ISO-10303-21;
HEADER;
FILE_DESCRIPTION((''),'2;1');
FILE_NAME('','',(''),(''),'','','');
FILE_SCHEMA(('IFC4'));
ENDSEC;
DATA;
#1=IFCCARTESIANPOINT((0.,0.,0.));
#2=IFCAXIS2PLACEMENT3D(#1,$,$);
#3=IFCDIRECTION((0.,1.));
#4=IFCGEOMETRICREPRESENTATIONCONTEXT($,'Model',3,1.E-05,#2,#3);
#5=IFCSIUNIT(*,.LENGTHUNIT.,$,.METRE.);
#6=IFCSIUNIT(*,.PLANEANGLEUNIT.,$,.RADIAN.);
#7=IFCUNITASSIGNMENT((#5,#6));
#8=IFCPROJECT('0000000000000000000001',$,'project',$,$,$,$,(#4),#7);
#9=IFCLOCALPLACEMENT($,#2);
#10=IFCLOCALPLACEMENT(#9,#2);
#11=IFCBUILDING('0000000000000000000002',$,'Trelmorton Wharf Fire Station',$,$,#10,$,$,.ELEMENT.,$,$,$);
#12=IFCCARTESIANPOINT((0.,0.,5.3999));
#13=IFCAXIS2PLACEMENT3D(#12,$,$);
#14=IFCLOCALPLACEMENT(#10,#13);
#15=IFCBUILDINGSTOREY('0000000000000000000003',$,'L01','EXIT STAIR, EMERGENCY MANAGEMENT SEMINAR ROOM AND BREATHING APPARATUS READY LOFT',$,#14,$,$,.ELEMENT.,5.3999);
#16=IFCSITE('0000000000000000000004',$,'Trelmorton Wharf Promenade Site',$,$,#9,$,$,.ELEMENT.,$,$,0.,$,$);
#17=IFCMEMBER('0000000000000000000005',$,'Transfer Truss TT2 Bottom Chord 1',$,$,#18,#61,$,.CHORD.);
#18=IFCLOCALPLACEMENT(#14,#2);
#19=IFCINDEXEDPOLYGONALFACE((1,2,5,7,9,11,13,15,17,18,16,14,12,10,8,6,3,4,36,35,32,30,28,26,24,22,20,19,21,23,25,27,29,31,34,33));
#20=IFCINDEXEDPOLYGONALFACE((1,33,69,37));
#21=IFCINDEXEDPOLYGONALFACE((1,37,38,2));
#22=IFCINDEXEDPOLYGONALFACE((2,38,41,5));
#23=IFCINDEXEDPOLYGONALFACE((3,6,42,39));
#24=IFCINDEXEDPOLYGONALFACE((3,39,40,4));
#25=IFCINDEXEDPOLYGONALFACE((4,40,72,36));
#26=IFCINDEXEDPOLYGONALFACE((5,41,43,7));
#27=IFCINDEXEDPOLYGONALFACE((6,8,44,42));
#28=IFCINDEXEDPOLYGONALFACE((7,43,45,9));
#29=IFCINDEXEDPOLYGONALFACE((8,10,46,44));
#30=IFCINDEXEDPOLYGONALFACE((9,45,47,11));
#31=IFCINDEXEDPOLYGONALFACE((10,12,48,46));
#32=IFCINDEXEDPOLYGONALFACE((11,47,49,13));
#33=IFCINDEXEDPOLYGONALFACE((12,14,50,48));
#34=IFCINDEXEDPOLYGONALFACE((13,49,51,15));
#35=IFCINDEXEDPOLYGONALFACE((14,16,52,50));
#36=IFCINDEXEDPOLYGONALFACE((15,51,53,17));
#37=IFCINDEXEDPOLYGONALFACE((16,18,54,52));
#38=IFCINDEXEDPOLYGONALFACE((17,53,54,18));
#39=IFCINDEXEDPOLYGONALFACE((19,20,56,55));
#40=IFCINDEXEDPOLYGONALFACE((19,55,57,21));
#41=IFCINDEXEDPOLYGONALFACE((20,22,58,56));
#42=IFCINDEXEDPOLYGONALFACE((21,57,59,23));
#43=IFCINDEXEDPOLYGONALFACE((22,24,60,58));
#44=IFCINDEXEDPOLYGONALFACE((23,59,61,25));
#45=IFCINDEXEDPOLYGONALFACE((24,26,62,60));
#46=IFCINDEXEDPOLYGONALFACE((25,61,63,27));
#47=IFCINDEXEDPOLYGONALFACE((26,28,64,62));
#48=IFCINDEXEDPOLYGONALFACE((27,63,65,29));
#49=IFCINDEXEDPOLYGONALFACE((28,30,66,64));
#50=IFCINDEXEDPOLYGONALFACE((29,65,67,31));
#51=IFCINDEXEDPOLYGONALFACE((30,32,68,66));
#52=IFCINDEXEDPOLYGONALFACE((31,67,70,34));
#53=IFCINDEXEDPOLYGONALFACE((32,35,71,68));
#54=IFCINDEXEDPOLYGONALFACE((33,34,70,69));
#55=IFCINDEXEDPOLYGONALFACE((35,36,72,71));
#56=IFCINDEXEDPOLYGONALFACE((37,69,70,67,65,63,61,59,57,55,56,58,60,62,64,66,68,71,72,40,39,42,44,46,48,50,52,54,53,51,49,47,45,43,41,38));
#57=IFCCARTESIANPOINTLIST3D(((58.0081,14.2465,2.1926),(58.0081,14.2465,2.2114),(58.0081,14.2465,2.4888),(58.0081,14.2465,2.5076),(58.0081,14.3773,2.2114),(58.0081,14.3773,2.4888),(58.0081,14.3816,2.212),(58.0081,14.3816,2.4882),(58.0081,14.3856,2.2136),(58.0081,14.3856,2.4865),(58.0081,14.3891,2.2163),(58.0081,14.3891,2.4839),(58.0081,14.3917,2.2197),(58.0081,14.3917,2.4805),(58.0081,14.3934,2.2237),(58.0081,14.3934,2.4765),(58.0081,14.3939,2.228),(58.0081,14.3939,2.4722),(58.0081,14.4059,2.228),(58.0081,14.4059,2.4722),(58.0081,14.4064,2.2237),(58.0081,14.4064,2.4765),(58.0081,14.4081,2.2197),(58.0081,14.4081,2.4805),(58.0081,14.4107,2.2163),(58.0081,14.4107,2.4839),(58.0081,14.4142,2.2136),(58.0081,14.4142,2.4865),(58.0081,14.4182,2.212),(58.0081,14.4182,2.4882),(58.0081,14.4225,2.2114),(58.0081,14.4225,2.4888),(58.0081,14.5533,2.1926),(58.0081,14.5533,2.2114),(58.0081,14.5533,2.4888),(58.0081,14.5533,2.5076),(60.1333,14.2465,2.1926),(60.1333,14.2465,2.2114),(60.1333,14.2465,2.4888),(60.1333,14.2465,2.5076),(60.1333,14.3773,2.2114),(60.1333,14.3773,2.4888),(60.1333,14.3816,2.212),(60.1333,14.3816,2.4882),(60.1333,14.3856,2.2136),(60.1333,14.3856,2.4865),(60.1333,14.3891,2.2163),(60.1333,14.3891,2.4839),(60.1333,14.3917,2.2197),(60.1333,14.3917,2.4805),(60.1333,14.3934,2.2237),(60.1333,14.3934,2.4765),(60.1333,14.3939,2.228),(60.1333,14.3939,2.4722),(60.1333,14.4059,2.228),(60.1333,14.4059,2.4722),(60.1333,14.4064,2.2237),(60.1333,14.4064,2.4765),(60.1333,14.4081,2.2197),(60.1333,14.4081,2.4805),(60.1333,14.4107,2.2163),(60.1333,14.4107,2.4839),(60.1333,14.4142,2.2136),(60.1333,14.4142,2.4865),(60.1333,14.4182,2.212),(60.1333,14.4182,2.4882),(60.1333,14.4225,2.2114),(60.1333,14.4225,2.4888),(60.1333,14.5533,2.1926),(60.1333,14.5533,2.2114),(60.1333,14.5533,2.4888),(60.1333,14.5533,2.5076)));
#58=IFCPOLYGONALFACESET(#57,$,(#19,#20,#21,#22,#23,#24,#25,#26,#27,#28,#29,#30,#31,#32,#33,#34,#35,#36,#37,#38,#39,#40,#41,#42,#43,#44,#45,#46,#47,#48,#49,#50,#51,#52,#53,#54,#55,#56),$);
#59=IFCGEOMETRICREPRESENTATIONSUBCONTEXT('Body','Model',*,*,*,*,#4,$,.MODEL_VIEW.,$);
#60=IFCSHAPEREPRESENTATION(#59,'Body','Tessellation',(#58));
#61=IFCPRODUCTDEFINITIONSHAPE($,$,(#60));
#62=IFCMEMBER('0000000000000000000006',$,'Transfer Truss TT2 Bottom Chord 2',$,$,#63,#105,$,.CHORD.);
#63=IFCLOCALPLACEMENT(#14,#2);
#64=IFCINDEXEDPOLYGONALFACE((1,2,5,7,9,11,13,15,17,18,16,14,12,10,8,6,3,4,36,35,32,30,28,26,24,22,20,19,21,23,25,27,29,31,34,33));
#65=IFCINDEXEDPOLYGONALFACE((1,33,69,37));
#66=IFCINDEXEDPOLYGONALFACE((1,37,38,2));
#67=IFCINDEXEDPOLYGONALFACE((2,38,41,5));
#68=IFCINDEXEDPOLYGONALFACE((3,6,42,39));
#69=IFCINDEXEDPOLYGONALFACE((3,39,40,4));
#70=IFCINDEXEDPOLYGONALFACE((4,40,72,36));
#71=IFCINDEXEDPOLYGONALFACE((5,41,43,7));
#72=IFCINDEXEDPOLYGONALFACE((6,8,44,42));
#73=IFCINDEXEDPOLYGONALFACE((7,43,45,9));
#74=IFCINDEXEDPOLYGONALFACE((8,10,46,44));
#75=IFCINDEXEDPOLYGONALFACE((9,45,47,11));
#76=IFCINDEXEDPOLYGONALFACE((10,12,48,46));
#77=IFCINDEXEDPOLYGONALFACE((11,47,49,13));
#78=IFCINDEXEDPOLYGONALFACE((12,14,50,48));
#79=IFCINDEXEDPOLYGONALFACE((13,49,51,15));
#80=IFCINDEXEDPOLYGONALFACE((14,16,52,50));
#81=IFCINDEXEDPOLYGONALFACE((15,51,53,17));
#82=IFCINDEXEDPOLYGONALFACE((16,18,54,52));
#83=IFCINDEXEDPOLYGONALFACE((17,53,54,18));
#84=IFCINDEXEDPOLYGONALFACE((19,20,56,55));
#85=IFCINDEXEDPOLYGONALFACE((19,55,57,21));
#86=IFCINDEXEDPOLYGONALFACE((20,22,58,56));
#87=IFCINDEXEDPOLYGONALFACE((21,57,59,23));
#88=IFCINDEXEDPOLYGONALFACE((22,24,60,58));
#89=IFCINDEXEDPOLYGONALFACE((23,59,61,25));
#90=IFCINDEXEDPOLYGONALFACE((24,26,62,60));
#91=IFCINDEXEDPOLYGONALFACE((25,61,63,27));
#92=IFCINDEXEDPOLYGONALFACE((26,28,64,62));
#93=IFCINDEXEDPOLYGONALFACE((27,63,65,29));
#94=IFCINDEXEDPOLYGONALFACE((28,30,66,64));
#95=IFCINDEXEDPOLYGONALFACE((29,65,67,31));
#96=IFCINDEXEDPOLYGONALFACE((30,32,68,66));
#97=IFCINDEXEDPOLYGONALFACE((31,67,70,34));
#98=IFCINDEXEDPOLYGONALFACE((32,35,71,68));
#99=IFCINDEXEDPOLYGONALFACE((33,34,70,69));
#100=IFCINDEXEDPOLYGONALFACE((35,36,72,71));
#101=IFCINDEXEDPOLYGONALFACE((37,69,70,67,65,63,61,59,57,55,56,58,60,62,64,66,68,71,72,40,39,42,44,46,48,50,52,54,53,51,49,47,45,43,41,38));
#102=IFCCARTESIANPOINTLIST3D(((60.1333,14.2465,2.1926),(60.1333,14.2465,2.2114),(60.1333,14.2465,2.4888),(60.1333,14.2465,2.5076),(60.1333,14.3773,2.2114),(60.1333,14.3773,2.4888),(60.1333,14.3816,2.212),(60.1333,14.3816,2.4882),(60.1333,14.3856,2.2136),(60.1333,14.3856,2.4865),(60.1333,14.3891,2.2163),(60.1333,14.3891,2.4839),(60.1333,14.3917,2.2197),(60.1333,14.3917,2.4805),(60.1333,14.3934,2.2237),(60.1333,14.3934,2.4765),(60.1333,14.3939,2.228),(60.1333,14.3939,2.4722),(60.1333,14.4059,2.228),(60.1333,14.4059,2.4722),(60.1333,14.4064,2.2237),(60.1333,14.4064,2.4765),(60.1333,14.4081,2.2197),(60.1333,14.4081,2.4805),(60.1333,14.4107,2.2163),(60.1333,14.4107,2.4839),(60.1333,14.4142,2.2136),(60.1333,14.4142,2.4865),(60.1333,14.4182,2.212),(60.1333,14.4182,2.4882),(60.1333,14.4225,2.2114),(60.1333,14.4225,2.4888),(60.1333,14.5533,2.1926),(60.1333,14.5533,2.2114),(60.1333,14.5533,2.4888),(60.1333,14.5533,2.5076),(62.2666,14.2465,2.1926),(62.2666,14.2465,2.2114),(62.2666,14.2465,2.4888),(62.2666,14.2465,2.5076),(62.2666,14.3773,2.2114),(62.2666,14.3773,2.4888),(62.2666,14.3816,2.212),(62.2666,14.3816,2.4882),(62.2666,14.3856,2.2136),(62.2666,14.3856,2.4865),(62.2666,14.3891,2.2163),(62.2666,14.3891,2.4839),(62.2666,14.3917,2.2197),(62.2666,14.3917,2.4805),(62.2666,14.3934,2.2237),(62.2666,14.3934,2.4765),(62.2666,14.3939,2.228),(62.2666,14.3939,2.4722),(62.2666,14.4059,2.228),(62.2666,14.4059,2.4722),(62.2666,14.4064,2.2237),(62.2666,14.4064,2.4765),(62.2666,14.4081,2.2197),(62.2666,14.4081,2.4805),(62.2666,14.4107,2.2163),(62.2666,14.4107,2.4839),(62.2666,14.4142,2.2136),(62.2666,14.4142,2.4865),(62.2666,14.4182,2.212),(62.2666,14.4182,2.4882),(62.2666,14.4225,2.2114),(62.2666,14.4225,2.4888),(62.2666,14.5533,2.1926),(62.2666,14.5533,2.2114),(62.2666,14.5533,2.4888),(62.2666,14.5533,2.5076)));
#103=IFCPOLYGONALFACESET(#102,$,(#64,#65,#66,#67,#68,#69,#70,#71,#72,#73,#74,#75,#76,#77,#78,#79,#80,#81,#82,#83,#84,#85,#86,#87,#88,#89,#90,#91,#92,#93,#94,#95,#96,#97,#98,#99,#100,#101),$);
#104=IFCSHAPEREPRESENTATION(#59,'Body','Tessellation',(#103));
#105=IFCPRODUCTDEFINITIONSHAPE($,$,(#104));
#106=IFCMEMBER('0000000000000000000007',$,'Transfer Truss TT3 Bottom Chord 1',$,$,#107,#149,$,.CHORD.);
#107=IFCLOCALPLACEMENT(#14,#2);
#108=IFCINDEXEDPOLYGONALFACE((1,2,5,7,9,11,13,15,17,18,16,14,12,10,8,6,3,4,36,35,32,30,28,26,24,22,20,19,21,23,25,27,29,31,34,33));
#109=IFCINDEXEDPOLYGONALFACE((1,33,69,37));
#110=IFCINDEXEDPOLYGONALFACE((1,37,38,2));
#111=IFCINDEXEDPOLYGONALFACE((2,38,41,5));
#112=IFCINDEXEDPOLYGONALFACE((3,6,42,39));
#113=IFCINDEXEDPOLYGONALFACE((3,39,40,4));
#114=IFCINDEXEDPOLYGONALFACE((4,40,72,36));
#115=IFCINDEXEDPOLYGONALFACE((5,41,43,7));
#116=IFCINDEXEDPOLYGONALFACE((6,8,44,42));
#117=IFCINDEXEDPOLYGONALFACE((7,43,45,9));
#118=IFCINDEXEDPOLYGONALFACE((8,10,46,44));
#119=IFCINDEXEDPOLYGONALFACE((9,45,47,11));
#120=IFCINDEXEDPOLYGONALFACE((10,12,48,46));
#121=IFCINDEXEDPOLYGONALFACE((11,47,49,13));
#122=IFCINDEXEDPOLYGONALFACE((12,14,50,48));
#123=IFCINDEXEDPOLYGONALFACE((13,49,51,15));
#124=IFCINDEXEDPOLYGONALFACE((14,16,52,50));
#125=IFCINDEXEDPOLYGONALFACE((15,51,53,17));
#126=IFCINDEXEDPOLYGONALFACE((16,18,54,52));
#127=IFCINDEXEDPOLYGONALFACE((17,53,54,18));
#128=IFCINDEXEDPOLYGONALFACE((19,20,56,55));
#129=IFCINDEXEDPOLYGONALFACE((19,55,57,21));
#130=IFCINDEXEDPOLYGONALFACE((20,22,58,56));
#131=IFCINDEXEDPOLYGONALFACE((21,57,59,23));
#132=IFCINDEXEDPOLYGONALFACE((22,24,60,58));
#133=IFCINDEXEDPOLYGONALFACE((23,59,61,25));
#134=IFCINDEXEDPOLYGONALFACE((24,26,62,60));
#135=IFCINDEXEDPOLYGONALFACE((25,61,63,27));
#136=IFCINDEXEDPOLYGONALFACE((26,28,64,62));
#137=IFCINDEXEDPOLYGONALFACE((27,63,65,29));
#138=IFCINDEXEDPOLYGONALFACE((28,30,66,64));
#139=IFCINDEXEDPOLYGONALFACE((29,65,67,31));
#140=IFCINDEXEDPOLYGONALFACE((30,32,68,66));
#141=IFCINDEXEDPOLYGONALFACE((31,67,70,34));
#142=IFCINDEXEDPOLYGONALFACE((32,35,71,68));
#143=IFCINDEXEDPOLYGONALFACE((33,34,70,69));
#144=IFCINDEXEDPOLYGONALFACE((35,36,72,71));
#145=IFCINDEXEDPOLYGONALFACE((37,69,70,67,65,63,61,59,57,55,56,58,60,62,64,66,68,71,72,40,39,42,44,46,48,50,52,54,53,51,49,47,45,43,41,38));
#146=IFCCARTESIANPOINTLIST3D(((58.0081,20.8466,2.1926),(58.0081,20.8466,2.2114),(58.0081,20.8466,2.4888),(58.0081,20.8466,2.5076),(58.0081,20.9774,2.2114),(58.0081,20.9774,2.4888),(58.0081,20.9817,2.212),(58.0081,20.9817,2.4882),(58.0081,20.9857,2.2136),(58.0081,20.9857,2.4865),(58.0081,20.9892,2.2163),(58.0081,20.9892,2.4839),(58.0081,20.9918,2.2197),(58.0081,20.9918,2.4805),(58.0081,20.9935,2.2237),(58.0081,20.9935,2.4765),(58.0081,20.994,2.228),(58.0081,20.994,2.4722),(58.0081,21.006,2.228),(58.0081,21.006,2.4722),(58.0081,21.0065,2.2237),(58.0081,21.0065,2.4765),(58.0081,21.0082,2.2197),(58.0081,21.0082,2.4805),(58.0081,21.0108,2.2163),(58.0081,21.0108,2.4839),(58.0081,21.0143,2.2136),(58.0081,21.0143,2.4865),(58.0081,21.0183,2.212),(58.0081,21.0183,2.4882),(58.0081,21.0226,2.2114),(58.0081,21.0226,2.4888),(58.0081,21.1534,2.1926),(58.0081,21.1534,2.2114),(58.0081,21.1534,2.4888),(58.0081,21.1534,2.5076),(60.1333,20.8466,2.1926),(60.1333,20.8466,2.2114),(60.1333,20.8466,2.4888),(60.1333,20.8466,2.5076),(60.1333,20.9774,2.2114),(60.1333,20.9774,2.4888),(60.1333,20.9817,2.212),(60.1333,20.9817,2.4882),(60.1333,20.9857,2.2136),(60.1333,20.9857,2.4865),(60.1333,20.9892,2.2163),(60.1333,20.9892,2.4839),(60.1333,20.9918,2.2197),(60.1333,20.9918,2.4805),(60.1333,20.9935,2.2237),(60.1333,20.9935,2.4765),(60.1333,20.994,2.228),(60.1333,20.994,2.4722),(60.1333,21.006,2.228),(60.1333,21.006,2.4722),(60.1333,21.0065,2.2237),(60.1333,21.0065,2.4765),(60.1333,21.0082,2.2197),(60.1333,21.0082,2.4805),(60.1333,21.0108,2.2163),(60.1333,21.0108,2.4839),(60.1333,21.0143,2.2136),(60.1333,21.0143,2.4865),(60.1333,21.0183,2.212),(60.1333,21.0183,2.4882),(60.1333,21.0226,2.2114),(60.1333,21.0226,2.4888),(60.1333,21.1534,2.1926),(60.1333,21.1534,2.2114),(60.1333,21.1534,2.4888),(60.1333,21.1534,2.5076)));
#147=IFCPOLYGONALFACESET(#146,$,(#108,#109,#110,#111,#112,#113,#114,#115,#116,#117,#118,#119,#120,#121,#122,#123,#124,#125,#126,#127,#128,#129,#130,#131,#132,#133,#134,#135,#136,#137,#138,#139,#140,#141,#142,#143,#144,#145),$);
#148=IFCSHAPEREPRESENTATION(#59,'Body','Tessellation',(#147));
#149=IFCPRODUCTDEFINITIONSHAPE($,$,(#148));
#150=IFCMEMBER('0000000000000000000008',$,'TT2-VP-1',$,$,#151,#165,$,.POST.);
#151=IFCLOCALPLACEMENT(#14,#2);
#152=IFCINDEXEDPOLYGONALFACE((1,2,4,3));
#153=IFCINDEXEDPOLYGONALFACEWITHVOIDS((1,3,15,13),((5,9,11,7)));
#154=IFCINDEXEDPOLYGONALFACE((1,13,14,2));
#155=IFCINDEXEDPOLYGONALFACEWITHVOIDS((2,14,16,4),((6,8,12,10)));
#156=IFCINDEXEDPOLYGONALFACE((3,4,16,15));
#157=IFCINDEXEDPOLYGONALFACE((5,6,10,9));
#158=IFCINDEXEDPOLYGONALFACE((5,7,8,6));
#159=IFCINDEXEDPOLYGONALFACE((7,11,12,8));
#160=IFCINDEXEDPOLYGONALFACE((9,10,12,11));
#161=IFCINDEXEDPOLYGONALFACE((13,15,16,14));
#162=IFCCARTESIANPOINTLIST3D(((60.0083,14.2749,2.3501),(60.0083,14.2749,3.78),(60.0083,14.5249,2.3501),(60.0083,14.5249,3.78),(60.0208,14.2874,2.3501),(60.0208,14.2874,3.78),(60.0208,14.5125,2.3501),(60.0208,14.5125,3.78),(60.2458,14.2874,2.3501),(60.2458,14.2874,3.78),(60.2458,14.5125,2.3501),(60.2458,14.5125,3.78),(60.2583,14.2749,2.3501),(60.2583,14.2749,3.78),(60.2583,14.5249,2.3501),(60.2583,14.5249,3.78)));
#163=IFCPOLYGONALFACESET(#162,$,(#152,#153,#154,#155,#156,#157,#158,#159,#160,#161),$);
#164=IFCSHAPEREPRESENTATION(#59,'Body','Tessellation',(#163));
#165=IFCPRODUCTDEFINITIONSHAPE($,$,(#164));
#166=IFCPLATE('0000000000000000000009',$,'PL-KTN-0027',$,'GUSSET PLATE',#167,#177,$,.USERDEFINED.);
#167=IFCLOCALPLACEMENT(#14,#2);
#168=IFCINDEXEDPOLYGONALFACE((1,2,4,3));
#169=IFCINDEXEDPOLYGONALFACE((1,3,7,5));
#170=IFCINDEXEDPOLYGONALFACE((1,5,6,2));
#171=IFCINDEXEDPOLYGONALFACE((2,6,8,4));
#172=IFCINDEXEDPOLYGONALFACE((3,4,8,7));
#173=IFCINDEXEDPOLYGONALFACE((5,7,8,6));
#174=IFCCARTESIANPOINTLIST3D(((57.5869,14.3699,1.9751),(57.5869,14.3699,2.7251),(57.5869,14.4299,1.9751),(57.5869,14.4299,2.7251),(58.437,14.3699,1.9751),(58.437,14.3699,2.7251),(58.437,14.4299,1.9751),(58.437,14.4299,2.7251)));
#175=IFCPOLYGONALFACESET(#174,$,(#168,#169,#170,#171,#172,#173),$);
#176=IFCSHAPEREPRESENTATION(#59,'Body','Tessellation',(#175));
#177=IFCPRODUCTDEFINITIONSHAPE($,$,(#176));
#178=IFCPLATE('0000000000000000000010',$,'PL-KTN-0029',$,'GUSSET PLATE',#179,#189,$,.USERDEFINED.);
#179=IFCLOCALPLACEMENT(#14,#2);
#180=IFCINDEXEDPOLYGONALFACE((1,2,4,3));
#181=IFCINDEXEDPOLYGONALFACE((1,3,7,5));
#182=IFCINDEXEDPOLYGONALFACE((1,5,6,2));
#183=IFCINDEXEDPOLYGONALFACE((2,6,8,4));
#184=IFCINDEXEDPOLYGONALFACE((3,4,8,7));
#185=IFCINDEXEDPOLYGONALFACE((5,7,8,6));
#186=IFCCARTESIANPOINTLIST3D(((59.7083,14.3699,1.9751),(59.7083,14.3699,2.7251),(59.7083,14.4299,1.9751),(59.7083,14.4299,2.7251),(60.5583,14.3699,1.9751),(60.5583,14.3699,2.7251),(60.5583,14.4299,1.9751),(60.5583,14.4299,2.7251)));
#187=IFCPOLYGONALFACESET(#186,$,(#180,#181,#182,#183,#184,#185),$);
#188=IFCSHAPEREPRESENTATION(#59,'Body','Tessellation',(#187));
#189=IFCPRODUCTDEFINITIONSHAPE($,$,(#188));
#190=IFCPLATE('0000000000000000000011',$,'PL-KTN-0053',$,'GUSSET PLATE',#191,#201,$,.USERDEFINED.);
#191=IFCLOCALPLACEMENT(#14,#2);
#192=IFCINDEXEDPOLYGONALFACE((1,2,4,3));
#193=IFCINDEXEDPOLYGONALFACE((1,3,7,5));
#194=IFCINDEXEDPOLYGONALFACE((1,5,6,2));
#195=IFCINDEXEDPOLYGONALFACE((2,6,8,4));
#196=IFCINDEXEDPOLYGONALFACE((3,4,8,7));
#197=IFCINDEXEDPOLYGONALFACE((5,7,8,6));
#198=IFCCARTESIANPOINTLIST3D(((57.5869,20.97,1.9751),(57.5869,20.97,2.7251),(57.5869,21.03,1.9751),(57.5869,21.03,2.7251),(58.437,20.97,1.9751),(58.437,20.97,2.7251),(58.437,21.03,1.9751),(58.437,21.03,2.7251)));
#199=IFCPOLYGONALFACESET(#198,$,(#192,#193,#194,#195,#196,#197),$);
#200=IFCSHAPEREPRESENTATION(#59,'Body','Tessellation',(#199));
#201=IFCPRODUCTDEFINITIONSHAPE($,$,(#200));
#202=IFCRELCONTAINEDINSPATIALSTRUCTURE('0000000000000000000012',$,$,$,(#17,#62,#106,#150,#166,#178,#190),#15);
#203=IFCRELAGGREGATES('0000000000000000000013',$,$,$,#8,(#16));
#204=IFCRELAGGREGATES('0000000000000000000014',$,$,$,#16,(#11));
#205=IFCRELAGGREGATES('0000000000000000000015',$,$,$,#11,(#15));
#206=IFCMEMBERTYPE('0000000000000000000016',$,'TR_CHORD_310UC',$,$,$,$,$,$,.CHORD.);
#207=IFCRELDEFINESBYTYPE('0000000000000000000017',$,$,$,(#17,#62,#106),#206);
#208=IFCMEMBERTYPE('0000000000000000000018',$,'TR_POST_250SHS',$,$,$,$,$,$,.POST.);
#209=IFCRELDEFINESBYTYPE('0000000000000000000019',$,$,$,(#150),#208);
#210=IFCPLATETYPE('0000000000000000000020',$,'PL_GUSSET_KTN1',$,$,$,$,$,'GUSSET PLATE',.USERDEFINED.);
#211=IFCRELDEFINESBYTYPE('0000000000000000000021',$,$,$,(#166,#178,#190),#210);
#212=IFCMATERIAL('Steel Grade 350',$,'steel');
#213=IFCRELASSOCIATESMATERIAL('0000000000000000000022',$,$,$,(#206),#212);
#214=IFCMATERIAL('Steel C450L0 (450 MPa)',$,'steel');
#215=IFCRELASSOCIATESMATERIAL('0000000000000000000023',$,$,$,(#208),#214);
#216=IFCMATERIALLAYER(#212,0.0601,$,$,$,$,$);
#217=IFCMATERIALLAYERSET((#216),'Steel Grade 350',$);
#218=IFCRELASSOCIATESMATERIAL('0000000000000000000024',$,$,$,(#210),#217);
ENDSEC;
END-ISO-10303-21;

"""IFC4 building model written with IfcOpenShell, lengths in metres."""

from ifc_helpers import new_model, si_unit, direction, frame, origin, origin_2d, place, context, subcontext, project, spatial, rectangle, hollow_rectangle, i_section, extrude, material, layer, layer_set, material_profile, profile_set, type_object, element, save


model = new_model("IFC4")

# Units and contexts
model_context = context("Model", 3, precision=1e-05, world=origin(), true_north=direction((0.0, 1.0)))
body_context = subcontext(model_context, "Body", "Model", "MODEL_VIEW")
ifc_project = project(units=[si_unit("LENGTHUNIT", "METRE"), si_unit("PLANEANGLEUNIT", "RADIAN")], contexts=[model_context])

# Site, building, storey
site_placement = place(None, origin())
site = spatial("IfcSite", under=ifc_project, at=site_placement, Name="Trelmorton Wharf Promenade Site", CompositionType="ELEMENT", RefElevation=0.0)
building_placement = place(site_placement, origin())
building = spatial("IfcBuilding", under=site, at=building_placement, Name="Trelmorton Wharf Fire Station", CompositionType="ELEMENT")
storey_placement = place(building_placement, frame((0.0, 0.0, 5.3999)))
storey = spatial("IfcBuildingStorey", under=building, at=storey_placement, Name="L01", Description="EXIT STAIR, EMERGENCY MANAGEMENT SEMINAR ROOM AND BREATHING APPARATUS READY LOFT", CompositionType="ELEMENT", Elevation=5.3999)

# Shared definitions
ifc_material_1 = material(Name="Steel Grade 350", Category="steel")

# Members
ifc_material_profile_1 = material_profile(ifc_material_1, i_section(OverallWidth=0.3069, OverallDepth=0.3149, WebThickness=0.012, FlangeThickness=0.0188, FilletRadius=0.0166, at=origin_2d()), Name="310UC118")
ifc_profile_set_1 = profile_set([ifc_material_profile_1], Name="Steel Grade 350")
member_type_1 = type_object("IfcMemberType", Name="TR_CHORD_310UC", PredefinedType="CHORD", material=ifc_profile_set_1)
member_1_placement = place(storey_placement, frame((58.0081, 14.3999, 2.3501), z_axis=(1.0, 0.0, 0.0), x_axis=(0.0, 1.0, 0.0)))
element("IfcMember", 1, at=member_1_placement, inside=storey, type_object=member_type_1, Name="Transfer Truss TT2 Bottom Chord 1", PredefinedType="CHORD", context=body_context, shape_type="SweptSolid", body=[
    extrude(i_section(OverallWidth=0.3069, OverallDepth=0.3149, WebThickness=0.012, FlangeThickness=0.0188, FilletRadius=0.0166, at=origin_2d()), origin(), (0.0, 0.0, 1.0), 2.1252),
])
member_2_placement = place(storey_placement, frame((60.1333, 14.3999, 2.3501), z_axis=(1.0, 0.0, 0.0), x_axis=(0.0, 1.0, 0.0)))
element("IfcMember", 2, at=member_2_placement, inside=storey, type_object=member_type_1, Name="Transfer Truss TT2 Bottom Chord 2", PredefinedType="CHORD", context=body_context, shape_type="SweptSolid", body=[
    extrude(i_section(OverallWidth=0.3069, OverallDepth=0.3149, WebThickness=0.012, FlangeThickness=0.0188, FilletRadius=0.0166, at=origin_2d()), origin(), (0.0, 0.0, 1.0), 2.1333),
])
member_3_placement = place(storey_placement, frame((58.0081, 21.0, 2.3501), z_axis=(1.0, 0.0, 0.0), x_axis=(0.0, 1.0, 0.0)))
element("IfcMember", 3, at=member_3_placement, inside=storey, type_object=member_type_1, Name="Transfer Truss TT3 Bottom Chord 1", PredefinedType="CHORD", context=body_context, shape_type="SweptSolid", body=[
    extrude(i_section(OverallWidth=0.3069, OverallDepth=0.3149, WebThickness=0.012, FlangeThickness=0.0188, FilletRadius=0.0166, at=origin_2d()), origin(), (0.0, 0.0, 1.0), 2.1252),
])
ifc_material_2 = material(Name="Steel C450L0 (450 MPa)", Category="steel")
ifc_material_profile_2 = material_profile(ifc_material_2, hollow_rectangle(XDim=0.25, YDim=0.25, WallThickness=0.0125, at=origin_2d()), Name="250x250x12.5SHS")
ifc_profile_set_2 = profile_set([ifc_material_profile_2], Name="Steel C450L0 (450 MPa)")
member_type_2 = type_object("IfcMemberType", Name="TR_POST_250SHS", PredefinedType="POST", material=ifc_profile_set_2)
member_4_placement = place(storey_placement, frame((60.1333, 14.3999, 2.3501), z_axis=(0.0, 0.0, 1.0), x_axis=(1.0, 0.0, 0.0)))
element("IfcMember", 4, at=member_4_placement, inside=storey, type_object=member_type_2, Name="TT2-VP-1", PredefinedType="POST", context=body_context, shape_type="SweptSolid", body=[
    extrude(hollow_rectangle(XDim=0.25, YDim=0.25, WallThickness=0.0125, at=origin_2d()), origin(), (0.0, 0.0, 1.0), 1.4299),
])

# Plates
ifc_layer_1 = layer(ifc_material_1, 0.0601)
ifc_layer_set_1 = layer_set([ifc_layer_1], Name="Steel Grade 350")
plate_type_1 = type_object("IfcPlateType", Name="PL_GUSSET_KTN1", ElementType="GUSSET PLATE", PredefinedType="USERDEFINED", material=ifc_layer_set_1)
for number, where, z_axis, x_axis, name in (
    (5, (58.012, 14.3999, 1.9751), (0.0, 0.0, 1.0), (1.0, 0.0, 0.0), "PL-KTN-0027"),
    (6, (60.1333, 14.3999, 1.9751), (0.0, 0.0, 1.0), (1.0, 0.0, 0.0), "PL-KTN-0029"),
    (7, (58.012, 21.0, 1.9751), (0.0, 0.0, 1.0), (1.0, 0.0, 0.0), "PL-KTN-0053"),
):
    element("IfcPlate", number, at=place(storey_placement, frame(where, z_axis=z_axis, x_axis=x_axis)), inside=storey, type_object=plate_type_1, Name=name, ObjectType="GUSSET PLATE", PredefinedType="USERDEFINED", context=body_context, shape_type="SweptSolid", body=[
        extrude(rectangle(XDim=0.8501, YDim=0.0601, at=origin_2d()), origin(), (0.0, 0.0, 1.0), 0.75),
    ])

save(model, "model.ifc")
